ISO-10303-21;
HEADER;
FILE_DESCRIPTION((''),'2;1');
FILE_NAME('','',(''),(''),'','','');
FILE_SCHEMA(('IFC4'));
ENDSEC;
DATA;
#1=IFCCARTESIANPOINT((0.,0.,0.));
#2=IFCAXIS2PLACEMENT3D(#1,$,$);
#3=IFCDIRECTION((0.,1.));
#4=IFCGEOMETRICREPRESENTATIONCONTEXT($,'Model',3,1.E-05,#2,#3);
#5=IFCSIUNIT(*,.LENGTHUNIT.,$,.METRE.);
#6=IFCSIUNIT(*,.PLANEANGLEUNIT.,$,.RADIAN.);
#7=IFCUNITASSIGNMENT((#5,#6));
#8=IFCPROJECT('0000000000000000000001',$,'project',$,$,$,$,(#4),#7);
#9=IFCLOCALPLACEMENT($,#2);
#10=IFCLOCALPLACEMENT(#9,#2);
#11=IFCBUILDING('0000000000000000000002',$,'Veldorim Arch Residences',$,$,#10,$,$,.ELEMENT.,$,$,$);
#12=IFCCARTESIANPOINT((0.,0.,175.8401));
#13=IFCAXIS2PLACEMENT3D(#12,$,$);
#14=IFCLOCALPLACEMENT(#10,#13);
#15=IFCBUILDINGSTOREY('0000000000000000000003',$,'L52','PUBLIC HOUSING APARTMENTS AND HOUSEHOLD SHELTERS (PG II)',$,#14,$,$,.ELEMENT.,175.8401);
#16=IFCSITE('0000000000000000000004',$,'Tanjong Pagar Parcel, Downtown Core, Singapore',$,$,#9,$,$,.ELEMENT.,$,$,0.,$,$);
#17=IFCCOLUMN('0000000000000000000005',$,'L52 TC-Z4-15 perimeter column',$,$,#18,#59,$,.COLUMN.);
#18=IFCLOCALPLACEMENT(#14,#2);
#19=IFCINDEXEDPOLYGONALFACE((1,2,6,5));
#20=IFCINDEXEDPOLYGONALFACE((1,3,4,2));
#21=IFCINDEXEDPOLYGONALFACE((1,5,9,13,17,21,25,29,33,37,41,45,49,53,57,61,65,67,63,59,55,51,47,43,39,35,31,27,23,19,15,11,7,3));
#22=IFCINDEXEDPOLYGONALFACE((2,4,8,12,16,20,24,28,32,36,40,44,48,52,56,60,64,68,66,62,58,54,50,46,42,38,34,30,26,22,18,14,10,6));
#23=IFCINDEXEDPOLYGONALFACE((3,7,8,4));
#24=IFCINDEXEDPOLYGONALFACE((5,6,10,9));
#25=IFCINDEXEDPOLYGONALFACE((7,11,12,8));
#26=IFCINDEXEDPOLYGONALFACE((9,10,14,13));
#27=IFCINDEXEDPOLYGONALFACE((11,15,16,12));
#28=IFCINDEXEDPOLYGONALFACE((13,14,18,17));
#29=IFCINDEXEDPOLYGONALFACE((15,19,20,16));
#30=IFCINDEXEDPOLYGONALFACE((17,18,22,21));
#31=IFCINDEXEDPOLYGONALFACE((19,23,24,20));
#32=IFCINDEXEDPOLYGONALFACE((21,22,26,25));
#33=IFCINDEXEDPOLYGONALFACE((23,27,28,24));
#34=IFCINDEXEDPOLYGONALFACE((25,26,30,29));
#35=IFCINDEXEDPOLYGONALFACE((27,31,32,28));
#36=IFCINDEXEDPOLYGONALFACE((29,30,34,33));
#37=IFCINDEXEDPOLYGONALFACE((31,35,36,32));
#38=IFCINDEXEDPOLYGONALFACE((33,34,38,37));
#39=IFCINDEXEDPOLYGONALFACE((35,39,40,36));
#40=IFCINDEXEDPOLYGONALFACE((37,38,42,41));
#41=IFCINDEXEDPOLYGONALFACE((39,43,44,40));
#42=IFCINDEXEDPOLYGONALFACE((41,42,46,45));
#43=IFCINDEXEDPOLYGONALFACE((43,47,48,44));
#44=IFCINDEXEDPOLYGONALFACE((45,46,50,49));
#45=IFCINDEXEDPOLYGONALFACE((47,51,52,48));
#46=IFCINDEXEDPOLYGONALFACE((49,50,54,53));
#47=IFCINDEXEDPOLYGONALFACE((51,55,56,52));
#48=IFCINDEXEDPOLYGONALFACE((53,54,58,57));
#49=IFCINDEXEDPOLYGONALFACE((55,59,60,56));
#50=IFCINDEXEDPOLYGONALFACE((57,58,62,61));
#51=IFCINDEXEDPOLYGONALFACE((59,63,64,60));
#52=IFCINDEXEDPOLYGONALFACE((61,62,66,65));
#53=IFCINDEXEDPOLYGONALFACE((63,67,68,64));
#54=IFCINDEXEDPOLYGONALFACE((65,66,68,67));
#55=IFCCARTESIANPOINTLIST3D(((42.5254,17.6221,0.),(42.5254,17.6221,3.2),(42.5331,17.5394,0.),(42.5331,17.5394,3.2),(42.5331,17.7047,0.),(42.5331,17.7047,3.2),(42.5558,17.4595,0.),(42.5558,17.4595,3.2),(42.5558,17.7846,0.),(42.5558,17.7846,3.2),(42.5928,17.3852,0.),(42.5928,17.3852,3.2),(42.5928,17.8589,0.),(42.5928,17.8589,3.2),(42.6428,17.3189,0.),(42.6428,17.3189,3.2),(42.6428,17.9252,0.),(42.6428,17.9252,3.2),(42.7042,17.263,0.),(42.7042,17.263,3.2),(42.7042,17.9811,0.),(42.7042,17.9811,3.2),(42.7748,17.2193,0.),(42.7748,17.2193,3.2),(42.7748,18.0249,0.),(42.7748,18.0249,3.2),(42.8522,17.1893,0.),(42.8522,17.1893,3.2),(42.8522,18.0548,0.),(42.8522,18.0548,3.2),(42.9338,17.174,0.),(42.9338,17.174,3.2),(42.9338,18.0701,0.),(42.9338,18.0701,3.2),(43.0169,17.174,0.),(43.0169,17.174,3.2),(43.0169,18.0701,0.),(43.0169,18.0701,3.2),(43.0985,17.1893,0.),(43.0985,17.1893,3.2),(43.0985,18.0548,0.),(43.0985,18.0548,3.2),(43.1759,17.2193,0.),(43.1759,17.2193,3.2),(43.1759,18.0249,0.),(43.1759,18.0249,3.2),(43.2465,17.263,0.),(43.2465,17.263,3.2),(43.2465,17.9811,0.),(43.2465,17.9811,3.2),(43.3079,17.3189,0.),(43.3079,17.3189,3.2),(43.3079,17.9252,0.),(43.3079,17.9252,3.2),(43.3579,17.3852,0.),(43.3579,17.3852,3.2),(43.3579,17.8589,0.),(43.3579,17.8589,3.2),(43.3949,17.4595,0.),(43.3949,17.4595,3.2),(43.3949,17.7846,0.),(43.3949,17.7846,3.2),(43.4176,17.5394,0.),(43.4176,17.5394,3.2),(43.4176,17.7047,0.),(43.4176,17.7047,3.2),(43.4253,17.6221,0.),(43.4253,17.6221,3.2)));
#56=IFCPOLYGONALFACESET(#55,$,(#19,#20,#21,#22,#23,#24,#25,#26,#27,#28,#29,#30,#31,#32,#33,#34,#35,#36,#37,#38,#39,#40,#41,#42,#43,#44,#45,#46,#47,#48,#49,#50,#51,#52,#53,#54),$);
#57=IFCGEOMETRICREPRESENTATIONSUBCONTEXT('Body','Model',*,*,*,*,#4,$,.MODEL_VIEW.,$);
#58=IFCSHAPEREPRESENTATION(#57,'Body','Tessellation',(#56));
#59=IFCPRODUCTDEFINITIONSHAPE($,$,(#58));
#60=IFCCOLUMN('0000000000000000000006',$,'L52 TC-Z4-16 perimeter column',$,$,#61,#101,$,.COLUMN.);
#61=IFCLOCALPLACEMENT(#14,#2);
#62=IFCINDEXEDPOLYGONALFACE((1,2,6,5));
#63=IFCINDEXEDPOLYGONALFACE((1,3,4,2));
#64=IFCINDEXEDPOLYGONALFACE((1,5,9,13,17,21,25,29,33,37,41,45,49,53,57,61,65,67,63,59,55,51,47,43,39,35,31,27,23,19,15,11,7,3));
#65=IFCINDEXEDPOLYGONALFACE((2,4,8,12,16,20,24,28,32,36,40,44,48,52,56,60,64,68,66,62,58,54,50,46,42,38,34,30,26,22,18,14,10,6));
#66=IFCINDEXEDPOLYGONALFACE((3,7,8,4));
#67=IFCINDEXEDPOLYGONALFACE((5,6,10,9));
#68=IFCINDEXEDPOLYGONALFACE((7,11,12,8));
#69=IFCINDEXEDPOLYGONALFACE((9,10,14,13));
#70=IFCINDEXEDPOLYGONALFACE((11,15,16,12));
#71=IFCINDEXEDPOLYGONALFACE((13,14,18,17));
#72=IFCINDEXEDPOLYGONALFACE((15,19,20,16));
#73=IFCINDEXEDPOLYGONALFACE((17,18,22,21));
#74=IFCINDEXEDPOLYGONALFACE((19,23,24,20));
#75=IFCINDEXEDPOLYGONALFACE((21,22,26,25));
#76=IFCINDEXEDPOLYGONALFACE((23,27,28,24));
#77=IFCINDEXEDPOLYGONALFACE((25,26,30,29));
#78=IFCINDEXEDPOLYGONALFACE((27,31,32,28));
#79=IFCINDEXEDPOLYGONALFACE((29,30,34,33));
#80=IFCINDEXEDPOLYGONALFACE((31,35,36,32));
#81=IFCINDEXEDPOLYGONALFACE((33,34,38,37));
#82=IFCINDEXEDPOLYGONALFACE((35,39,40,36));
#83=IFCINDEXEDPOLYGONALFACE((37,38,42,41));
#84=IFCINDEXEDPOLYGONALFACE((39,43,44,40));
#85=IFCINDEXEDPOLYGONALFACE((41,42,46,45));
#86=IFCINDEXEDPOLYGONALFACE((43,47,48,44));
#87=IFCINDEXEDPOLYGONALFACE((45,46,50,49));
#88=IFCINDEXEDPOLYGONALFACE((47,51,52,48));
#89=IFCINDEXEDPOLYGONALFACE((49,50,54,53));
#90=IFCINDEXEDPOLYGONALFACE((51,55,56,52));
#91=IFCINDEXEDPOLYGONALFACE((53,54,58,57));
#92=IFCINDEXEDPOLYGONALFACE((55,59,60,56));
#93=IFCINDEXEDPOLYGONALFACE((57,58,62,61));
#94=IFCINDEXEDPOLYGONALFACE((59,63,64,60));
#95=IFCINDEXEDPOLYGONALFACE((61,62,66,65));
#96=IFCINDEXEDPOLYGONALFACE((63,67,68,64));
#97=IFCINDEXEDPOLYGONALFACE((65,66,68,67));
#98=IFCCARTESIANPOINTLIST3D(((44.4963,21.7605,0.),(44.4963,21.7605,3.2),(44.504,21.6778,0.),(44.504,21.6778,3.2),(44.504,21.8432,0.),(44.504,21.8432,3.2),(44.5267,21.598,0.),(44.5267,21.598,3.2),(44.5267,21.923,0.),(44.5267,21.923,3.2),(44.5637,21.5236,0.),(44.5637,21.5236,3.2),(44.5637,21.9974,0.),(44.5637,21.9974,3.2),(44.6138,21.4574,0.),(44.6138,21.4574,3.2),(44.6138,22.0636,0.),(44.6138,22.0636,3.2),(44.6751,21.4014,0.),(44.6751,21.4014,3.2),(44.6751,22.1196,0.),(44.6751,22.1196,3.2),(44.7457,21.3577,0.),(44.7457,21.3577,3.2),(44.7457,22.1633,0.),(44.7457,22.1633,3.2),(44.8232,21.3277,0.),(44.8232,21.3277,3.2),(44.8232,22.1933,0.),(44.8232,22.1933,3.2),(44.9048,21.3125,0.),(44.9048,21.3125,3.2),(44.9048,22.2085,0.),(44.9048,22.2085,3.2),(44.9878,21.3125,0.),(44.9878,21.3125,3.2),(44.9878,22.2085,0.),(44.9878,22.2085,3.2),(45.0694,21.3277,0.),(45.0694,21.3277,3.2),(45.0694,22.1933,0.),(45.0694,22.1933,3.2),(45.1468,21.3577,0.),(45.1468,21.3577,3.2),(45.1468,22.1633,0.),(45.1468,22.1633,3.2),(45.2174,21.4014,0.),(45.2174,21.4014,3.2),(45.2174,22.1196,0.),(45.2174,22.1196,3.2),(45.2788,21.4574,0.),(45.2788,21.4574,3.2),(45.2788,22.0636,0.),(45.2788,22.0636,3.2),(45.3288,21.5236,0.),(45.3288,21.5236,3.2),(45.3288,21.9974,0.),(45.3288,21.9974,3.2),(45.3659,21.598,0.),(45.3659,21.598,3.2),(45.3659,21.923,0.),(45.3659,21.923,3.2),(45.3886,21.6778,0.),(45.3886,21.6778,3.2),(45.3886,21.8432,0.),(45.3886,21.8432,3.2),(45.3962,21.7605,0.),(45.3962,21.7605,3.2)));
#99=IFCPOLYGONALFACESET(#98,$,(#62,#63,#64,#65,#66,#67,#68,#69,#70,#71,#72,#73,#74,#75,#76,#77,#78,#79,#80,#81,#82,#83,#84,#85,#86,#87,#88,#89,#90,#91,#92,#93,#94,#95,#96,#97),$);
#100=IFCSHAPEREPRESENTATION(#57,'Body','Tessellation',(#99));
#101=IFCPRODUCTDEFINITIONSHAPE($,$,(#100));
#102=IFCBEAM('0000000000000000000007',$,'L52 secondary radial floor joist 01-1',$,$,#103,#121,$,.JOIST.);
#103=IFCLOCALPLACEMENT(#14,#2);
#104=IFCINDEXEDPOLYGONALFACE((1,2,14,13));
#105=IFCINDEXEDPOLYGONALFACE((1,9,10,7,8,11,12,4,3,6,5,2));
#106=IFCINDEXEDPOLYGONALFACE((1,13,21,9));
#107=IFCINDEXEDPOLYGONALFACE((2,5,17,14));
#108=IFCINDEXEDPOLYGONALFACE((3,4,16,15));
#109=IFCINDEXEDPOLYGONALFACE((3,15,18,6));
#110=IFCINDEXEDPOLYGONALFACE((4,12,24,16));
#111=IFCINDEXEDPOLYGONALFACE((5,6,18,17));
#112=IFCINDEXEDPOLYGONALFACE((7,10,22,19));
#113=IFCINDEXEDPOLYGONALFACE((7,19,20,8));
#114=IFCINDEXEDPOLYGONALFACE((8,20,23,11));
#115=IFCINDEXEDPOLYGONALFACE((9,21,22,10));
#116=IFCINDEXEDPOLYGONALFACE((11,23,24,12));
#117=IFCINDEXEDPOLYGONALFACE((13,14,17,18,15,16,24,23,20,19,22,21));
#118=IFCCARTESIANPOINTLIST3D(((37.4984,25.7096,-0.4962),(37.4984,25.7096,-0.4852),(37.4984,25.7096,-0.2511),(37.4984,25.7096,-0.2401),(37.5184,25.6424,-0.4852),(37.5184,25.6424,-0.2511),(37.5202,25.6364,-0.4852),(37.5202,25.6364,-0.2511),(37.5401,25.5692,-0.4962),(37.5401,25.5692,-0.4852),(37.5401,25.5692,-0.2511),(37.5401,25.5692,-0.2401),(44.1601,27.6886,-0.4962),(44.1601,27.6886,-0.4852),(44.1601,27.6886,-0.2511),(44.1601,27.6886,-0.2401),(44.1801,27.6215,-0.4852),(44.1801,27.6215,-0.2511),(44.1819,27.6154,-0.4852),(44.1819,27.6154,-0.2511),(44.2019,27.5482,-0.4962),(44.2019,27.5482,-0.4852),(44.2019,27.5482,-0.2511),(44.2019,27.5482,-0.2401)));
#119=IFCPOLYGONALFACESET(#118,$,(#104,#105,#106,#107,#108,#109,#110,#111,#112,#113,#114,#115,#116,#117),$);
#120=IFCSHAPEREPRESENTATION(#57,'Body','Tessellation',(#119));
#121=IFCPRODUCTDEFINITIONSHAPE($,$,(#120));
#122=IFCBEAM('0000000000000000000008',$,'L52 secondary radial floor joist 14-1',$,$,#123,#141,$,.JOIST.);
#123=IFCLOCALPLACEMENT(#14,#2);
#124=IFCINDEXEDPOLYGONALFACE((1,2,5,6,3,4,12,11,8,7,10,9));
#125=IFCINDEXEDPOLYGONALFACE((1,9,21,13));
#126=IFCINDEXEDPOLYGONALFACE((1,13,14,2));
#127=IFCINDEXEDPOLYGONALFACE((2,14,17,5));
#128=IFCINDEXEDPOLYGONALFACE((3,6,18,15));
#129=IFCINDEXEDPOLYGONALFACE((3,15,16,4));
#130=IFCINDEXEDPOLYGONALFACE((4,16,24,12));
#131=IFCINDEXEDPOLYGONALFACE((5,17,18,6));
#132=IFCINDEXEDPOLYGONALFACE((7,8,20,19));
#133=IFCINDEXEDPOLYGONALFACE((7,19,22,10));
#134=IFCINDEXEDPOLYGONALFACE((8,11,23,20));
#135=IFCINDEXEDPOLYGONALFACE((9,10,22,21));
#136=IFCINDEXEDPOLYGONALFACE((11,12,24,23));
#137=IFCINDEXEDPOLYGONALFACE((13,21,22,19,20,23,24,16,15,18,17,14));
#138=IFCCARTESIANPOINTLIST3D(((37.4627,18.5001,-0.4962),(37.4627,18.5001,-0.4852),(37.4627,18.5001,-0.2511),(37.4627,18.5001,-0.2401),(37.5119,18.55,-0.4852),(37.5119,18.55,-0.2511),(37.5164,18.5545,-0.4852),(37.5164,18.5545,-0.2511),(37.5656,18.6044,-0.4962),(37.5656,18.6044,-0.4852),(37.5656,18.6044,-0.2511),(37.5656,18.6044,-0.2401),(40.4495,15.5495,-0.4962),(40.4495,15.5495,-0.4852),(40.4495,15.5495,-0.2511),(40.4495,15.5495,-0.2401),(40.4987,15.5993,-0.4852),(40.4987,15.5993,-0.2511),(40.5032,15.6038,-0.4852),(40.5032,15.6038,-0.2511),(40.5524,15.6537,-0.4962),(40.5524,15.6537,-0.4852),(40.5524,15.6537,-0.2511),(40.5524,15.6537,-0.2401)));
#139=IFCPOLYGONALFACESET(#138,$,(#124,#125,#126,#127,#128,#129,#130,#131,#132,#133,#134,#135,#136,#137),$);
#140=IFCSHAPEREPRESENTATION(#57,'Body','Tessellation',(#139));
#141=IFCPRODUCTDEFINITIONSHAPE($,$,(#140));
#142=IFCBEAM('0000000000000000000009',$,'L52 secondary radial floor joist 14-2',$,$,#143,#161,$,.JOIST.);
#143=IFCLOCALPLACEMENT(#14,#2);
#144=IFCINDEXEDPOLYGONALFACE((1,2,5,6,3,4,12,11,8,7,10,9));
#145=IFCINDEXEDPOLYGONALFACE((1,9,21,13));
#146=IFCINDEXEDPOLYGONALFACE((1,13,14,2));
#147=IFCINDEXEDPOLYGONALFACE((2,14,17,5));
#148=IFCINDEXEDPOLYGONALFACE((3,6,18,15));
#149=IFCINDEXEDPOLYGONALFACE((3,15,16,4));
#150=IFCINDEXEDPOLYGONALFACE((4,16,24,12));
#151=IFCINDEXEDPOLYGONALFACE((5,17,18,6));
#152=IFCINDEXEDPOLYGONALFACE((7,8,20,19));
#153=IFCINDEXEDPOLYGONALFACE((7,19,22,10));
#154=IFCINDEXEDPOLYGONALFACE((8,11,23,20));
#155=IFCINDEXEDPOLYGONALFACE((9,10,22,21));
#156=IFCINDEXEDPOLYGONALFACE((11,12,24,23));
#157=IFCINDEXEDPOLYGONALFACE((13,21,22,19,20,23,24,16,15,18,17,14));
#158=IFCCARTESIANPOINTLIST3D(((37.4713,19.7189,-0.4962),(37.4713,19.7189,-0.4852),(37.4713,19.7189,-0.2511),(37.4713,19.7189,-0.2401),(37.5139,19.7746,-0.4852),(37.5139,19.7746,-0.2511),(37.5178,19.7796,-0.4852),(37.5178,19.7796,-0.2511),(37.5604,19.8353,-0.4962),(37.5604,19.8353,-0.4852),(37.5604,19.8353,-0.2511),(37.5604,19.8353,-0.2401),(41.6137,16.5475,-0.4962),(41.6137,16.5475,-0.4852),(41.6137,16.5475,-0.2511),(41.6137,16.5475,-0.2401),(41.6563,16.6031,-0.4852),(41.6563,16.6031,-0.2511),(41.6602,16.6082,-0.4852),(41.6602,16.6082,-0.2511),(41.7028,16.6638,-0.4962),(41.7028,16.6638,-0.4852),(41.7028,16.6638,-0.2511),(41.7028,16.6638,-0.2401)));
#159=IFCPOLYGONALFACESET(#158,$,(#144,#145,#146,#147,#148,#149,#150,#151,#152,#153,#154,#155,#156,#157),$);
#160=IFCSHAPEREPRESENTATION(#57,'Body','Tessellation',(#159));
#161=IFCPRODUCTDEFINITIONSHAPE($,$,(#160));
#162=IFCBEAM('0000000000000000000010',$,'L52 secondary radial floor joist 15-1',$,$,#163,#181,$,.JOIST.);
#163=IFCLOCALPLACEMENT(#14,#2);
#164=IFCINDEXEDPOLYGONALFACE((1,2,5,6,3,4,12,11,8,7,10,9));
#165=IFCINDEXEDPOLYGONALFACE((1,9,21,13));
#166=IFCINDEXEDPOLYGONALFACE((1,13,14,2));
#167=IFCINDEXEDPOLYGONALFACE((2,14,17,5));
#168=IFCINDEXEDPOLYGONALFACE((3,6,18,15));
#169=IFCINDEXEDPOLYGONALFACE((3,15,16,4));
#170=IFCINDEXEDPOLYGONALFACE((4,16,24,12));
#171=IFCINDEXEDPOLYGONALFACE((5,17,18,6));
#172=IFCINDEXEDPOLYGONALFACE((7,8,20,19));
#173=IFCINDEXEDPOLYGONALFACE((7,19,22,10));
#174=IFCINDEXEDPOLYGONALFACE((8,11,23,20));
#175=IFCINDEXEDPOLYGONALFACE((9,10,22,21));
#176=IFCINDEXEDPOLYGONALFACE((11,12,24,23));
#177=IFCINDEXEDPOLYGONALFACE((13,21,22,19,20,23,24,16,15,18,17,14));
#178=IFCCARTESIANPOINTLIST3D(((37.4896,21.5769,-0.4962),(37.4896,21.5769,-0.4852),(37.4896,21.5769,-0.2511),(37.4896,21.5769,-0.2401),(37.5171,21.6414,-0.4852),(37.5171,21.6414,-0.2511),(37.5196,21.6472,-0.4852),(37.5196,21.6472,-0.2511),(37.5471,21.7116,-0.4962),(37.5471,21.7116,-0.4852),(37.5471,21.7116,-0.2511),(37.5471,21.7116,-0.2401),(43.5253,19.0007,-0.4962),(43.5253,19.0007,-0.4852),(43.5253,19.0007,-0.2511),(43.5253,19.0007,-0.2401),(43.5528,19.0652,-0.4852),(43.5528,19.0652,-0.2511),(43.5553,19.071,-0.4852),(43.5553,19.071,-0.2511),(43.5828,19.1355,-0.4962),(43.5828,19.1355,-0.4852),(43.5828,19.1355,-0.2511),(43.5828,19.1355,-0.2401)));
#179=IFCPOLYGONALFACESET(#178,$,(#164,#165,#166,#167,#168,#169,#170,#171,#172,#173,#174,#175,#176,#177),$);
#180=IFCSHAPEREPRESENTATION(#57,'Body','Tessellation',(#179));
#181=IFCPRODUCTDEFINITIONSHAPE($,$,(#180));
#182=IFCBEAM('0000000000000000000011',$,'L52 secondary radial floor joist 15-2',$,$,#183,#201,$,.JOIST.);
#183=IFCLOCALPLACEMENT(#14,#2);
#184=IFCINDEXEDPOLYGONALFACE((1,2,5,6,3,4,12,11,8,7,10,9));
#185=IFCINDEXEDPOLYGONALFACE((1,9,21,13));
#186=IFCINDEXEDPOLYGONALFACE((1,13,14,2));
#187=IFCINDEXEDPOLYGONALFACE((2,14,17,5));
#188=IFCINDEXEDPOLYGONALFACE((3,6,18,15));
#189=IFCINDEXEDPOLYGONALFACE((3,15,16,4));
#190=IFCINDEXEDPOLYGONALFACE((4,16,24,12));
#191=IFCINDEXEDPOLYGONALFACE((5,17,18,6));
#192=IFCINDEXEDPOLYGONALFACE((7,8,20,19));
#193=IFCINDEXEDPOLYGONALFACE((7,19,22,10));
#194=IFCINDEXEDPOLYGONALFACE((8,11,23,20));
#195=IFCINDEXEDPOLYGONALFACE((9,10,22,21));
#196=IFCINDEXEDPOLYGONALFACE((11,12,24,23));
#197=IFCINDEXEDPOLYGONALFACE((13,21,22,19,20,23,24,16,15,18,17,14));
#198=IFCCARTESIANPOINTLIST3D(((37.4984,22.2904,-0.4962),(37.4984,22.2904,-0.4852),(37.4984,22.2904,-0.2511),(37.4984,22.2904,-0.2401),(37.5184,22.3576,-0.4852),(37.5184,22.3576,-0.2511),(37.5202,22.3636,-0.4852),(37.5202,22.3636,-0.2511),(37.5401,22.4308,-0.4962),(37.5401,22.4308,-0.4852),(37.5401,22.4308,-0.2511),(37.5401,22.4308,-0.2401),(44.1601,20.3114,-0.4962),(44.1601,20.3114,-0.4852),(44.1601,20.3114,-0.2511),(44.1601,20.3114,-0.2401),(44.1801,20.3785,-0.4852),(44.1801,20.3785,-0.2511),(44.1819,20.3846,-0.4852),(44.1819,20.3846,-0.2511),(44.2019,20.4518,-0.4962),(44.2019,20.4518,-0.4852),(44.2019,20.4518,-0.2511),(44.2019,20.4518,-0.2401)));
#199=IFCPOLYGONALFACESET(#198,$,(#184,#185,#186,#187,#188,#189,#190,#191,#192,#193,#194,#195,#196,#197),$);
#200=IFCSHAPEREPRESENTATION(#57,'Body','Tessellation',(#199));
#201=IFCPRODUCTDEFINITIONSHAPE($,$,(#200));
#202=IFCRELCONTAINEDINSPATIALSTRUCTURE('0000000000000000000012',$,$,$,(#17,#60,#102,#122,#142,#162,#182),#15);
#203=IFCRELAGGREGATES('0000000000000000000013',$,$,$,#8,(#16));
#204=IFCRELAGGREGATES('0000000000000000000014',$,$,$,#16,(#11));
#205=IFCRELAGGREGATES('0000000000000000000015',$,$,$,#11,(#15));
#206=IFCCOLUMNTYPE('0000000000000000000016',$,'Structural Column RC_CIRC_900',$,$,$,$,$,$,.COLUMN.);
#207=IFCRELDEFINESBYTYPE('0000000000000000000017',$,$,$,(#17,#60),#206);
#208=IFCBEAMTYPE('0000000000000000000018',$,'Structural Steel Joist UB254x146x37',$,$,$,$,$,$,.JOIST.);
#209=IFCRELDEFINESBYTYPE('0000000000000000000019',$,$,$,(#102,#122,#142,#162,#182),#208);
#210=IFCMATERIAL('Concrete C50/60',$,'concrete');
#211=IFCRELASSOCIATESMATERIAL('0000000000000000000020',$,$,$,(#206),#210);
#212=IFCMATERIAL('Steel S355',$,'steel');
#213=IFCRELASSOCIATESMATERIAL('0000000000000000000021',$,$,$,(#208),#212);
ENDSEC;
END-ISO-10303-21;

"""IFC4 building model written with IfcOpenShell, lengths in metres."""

from ifc_helpers import new_model, si_unit, direction, frame, origin, origin_2d, place, context, subcontext, project, spatial, circle, i_section, extrude, material, material_profile, profile_set, type_object, element, save


model = new_model("IFC4")

# Units and contexts
model_context = context("Model", 3, precision=1e-05, world=origin(), true_north=direction((0.0, 1.0)))
body_context = subcontext(model_context, "Body", "Model", "MODEL_VIEW")
ifc_project = project(units=[si_unit("LENGTHUNIT", "METRE"), si_unit("PLANEANGLEUNIT", "RADIAN")], contexts=[model_context])

# Site, building, storey
site_placement = place(None, origin())
site = spatial("IfcSite", under=ifc_project, at=site_placement, Name="Tanjong Pagar Parcel, Downtown Core, Singapore", CompositionType="ELEMENT", RefElevation=0.0)
building_placement = place(site_placement, origin())
building = spatial("IfcBuilding", under=site, at=building_placement, Name="Veldorim Arch Residences", CompositionType="ELEMENT")
storey_placement = place(building_placement, frame((0.0, 0.0, 175.8401)))
storey = spatial("IfcBuildingStorey", under=building, at=storey_placement, Name="L52", Description="PUBLIC HOUSING APARTMENTS AND HOUSEHOLD SHELTERS (PG II)", CompositionType="ELEMENT", Elevation=175.8401)

# Columns
ifc_material_1 = material(Name="Concrete C50/60", Category="concrete")
ifc_material_profile_1 = material_profile(ifc_material_1, circle(Radius=0.45, at=origin_2d()), Name="RC_CIRC_900")
ifc_profile_set_1 = profile_set([ifc_material_profile_1], Name="Concrete C50/60")
column_type = type_object("IfcColumnType", Name="Structural Column RC_CIRC_900", PredefinedType="COLUMN", material=ifc_profile_set_1)
for number, where, z_axis, x_axis, name in (
    (1, (42.9753, 17.6221, 0.0), (0.0, 0.0, 1.0), (1.0, 0.0, 0.0), "L52 TC-Z4-15 perimeter column"),
    (2, (44.9463, 21.7605, 0.0), (0.0, 0.0, 1.0), (1.0, 0.0, 0.0), "L52 TC-Z4-16 perimeter column"),
):
    element("IfcColumn", number, at=place(storey_placement, frame(where, z_axis=z_axis, x_axis=x_axis)), inside=storey, type_object=column_type, Name=name, PredefinedType="COLUMN", context=body_context, shape_type="SweptSolid", body=[
        extrude(circle(Radius=0.45, at=origin_2d()), origin(), (0.0, 0.0, 1.0), 3.2),
    ])

# Beams
ifc_material_2 = material(Name="Steel S355", Category="steel")
ifc_material_profile_2 = material_profile(ifc_material_2, i_section(OverallWidth=0.1465, OverallDepth=0.2561, WebThickness=0.0063, FlangeThickness=0.011, at=origin_2d()), Name="UB254x146x37")
ifc_profile_set_2 = profile_set([ifc_material_profile_2], Name="Steel S355")
beam_type_1 = type_object("IfcBeamType", Name="Structural Steel Joist UB254x146x37", PredefinedType="JOIST", material=ifc_profile_set_2)
beam_1_placement = place(storey_placement, frame((37.5193, 25.6394, -0.3682), z_axis=(0.958594, 0.284775, 0.0), x_axis=(-0.284775, 0.958594, 0.0)))
element("IfcBeam", 3, at=beam_1_placement, inside=storey, type_object=beam_type_1, Name="L52 secondary radial floor joist 01-1", PredefinedType="JOIST", context=body_context, shape_type="SweptSolid", body=[
    extrude(i_section(OverallWidth=0.1465, OverallDepth=0.2561, WebThickness=0.0063, FlangeThickness=0.011, at=origin_2d()), origin(), (0.0, 0.0, 1.0), 6.9495),
])
beam_2_placement = place(storey_placement, frame((37.5142, 18.5522, -0.3682), z_axis=(0.711397, -0.702791, 0.0), x_axis=(0.702791, 0.711397, 0.0)))
element("IfcBeam", 4, at=beam_2_placement, inside=storey, type_object=beam_type_1, Name="L52 secondary radial floor joist 14-1", PredefinedType="JOIST", context=body_context, shape_type="SweptSolid", body=[
    extrude(i_section(OverallWidth=0.1465, OverallDepth=0.2561, WebThickness=0.0063, FlangeThickness=0.011, at=origin_2d()), origin(), (0.0, 0.0, 1.0), 4.1985),
])
beam_3_placement = place(storey_placement, frame((37.5159, 19.7771, -0.3682), z_axis=(0.794014, -0.6079, 0.0), x_axis=(0.6079, 0.794014, 0.0)))
element("IfcBeam", 5, at=beam_3_placement, inside=storey, type_object=beam_type_1, Name="L52 secondary radial floor joist 14-2", PredefinedType="JOIST", context=body_context, shape_type="SweptSolid", body=[
    extrude(i_section(OverallWidth=0.1465, OverallDepth=0.2561, WebThickness=0.0063, FlangeThickness=0.011, at=origin_2d()), origin(), (0.0, 0.0, 1.0), 5.217),
])
beam_4_placement = place(storey_placement, frame((37.5183, 21.6443, -0.3682), z_axis=(0.919725, -0.392563, 0.0), x_axis=(0.392563, 0.919725, 0.0)))
element("IfcBeam", 6, at=beam_4_placement, inside=storey, type_object=beam_type_1, Name="L52 secondary radial floor joist 15-1", PredefinedType="JOIST", context=body_context, shape_type="SweptSolid", body=[
    extrude(i_section(OverallWidth=0.1465, OverallDepth=0.2561, WebThickness=0.0063, FlangeThickness=0.011, at=origin_2d()), origin(), (0.0, 0.0, 1.0), 6.5625),
])
beam_5_placement = place(storey_placement, frame((37.5193, 22.3606, -0.3682), z_axis=(0.958594, -0.284775, 0.0), x_axis=(0.284775, 0.958594, 0.0)))
element("IfcBeam", 7, at=beam_5_placement, inside=storey, type_object=beam_type_1, Name="L52 secondary radial floor joist 15-2", PredefinedType="JOIST", context=body_context, shape_type="SweptSolid", body=[
    extrude(i_section(OverallWidth=0.1465, OverallDepth=0.2561, WebThickness=0.0063, FlangeThickness=0.011, at=origin_2d()), origin(), (0.0, 0.0, 1.0), 6.9495),
])

save(model, "model.ifc")
